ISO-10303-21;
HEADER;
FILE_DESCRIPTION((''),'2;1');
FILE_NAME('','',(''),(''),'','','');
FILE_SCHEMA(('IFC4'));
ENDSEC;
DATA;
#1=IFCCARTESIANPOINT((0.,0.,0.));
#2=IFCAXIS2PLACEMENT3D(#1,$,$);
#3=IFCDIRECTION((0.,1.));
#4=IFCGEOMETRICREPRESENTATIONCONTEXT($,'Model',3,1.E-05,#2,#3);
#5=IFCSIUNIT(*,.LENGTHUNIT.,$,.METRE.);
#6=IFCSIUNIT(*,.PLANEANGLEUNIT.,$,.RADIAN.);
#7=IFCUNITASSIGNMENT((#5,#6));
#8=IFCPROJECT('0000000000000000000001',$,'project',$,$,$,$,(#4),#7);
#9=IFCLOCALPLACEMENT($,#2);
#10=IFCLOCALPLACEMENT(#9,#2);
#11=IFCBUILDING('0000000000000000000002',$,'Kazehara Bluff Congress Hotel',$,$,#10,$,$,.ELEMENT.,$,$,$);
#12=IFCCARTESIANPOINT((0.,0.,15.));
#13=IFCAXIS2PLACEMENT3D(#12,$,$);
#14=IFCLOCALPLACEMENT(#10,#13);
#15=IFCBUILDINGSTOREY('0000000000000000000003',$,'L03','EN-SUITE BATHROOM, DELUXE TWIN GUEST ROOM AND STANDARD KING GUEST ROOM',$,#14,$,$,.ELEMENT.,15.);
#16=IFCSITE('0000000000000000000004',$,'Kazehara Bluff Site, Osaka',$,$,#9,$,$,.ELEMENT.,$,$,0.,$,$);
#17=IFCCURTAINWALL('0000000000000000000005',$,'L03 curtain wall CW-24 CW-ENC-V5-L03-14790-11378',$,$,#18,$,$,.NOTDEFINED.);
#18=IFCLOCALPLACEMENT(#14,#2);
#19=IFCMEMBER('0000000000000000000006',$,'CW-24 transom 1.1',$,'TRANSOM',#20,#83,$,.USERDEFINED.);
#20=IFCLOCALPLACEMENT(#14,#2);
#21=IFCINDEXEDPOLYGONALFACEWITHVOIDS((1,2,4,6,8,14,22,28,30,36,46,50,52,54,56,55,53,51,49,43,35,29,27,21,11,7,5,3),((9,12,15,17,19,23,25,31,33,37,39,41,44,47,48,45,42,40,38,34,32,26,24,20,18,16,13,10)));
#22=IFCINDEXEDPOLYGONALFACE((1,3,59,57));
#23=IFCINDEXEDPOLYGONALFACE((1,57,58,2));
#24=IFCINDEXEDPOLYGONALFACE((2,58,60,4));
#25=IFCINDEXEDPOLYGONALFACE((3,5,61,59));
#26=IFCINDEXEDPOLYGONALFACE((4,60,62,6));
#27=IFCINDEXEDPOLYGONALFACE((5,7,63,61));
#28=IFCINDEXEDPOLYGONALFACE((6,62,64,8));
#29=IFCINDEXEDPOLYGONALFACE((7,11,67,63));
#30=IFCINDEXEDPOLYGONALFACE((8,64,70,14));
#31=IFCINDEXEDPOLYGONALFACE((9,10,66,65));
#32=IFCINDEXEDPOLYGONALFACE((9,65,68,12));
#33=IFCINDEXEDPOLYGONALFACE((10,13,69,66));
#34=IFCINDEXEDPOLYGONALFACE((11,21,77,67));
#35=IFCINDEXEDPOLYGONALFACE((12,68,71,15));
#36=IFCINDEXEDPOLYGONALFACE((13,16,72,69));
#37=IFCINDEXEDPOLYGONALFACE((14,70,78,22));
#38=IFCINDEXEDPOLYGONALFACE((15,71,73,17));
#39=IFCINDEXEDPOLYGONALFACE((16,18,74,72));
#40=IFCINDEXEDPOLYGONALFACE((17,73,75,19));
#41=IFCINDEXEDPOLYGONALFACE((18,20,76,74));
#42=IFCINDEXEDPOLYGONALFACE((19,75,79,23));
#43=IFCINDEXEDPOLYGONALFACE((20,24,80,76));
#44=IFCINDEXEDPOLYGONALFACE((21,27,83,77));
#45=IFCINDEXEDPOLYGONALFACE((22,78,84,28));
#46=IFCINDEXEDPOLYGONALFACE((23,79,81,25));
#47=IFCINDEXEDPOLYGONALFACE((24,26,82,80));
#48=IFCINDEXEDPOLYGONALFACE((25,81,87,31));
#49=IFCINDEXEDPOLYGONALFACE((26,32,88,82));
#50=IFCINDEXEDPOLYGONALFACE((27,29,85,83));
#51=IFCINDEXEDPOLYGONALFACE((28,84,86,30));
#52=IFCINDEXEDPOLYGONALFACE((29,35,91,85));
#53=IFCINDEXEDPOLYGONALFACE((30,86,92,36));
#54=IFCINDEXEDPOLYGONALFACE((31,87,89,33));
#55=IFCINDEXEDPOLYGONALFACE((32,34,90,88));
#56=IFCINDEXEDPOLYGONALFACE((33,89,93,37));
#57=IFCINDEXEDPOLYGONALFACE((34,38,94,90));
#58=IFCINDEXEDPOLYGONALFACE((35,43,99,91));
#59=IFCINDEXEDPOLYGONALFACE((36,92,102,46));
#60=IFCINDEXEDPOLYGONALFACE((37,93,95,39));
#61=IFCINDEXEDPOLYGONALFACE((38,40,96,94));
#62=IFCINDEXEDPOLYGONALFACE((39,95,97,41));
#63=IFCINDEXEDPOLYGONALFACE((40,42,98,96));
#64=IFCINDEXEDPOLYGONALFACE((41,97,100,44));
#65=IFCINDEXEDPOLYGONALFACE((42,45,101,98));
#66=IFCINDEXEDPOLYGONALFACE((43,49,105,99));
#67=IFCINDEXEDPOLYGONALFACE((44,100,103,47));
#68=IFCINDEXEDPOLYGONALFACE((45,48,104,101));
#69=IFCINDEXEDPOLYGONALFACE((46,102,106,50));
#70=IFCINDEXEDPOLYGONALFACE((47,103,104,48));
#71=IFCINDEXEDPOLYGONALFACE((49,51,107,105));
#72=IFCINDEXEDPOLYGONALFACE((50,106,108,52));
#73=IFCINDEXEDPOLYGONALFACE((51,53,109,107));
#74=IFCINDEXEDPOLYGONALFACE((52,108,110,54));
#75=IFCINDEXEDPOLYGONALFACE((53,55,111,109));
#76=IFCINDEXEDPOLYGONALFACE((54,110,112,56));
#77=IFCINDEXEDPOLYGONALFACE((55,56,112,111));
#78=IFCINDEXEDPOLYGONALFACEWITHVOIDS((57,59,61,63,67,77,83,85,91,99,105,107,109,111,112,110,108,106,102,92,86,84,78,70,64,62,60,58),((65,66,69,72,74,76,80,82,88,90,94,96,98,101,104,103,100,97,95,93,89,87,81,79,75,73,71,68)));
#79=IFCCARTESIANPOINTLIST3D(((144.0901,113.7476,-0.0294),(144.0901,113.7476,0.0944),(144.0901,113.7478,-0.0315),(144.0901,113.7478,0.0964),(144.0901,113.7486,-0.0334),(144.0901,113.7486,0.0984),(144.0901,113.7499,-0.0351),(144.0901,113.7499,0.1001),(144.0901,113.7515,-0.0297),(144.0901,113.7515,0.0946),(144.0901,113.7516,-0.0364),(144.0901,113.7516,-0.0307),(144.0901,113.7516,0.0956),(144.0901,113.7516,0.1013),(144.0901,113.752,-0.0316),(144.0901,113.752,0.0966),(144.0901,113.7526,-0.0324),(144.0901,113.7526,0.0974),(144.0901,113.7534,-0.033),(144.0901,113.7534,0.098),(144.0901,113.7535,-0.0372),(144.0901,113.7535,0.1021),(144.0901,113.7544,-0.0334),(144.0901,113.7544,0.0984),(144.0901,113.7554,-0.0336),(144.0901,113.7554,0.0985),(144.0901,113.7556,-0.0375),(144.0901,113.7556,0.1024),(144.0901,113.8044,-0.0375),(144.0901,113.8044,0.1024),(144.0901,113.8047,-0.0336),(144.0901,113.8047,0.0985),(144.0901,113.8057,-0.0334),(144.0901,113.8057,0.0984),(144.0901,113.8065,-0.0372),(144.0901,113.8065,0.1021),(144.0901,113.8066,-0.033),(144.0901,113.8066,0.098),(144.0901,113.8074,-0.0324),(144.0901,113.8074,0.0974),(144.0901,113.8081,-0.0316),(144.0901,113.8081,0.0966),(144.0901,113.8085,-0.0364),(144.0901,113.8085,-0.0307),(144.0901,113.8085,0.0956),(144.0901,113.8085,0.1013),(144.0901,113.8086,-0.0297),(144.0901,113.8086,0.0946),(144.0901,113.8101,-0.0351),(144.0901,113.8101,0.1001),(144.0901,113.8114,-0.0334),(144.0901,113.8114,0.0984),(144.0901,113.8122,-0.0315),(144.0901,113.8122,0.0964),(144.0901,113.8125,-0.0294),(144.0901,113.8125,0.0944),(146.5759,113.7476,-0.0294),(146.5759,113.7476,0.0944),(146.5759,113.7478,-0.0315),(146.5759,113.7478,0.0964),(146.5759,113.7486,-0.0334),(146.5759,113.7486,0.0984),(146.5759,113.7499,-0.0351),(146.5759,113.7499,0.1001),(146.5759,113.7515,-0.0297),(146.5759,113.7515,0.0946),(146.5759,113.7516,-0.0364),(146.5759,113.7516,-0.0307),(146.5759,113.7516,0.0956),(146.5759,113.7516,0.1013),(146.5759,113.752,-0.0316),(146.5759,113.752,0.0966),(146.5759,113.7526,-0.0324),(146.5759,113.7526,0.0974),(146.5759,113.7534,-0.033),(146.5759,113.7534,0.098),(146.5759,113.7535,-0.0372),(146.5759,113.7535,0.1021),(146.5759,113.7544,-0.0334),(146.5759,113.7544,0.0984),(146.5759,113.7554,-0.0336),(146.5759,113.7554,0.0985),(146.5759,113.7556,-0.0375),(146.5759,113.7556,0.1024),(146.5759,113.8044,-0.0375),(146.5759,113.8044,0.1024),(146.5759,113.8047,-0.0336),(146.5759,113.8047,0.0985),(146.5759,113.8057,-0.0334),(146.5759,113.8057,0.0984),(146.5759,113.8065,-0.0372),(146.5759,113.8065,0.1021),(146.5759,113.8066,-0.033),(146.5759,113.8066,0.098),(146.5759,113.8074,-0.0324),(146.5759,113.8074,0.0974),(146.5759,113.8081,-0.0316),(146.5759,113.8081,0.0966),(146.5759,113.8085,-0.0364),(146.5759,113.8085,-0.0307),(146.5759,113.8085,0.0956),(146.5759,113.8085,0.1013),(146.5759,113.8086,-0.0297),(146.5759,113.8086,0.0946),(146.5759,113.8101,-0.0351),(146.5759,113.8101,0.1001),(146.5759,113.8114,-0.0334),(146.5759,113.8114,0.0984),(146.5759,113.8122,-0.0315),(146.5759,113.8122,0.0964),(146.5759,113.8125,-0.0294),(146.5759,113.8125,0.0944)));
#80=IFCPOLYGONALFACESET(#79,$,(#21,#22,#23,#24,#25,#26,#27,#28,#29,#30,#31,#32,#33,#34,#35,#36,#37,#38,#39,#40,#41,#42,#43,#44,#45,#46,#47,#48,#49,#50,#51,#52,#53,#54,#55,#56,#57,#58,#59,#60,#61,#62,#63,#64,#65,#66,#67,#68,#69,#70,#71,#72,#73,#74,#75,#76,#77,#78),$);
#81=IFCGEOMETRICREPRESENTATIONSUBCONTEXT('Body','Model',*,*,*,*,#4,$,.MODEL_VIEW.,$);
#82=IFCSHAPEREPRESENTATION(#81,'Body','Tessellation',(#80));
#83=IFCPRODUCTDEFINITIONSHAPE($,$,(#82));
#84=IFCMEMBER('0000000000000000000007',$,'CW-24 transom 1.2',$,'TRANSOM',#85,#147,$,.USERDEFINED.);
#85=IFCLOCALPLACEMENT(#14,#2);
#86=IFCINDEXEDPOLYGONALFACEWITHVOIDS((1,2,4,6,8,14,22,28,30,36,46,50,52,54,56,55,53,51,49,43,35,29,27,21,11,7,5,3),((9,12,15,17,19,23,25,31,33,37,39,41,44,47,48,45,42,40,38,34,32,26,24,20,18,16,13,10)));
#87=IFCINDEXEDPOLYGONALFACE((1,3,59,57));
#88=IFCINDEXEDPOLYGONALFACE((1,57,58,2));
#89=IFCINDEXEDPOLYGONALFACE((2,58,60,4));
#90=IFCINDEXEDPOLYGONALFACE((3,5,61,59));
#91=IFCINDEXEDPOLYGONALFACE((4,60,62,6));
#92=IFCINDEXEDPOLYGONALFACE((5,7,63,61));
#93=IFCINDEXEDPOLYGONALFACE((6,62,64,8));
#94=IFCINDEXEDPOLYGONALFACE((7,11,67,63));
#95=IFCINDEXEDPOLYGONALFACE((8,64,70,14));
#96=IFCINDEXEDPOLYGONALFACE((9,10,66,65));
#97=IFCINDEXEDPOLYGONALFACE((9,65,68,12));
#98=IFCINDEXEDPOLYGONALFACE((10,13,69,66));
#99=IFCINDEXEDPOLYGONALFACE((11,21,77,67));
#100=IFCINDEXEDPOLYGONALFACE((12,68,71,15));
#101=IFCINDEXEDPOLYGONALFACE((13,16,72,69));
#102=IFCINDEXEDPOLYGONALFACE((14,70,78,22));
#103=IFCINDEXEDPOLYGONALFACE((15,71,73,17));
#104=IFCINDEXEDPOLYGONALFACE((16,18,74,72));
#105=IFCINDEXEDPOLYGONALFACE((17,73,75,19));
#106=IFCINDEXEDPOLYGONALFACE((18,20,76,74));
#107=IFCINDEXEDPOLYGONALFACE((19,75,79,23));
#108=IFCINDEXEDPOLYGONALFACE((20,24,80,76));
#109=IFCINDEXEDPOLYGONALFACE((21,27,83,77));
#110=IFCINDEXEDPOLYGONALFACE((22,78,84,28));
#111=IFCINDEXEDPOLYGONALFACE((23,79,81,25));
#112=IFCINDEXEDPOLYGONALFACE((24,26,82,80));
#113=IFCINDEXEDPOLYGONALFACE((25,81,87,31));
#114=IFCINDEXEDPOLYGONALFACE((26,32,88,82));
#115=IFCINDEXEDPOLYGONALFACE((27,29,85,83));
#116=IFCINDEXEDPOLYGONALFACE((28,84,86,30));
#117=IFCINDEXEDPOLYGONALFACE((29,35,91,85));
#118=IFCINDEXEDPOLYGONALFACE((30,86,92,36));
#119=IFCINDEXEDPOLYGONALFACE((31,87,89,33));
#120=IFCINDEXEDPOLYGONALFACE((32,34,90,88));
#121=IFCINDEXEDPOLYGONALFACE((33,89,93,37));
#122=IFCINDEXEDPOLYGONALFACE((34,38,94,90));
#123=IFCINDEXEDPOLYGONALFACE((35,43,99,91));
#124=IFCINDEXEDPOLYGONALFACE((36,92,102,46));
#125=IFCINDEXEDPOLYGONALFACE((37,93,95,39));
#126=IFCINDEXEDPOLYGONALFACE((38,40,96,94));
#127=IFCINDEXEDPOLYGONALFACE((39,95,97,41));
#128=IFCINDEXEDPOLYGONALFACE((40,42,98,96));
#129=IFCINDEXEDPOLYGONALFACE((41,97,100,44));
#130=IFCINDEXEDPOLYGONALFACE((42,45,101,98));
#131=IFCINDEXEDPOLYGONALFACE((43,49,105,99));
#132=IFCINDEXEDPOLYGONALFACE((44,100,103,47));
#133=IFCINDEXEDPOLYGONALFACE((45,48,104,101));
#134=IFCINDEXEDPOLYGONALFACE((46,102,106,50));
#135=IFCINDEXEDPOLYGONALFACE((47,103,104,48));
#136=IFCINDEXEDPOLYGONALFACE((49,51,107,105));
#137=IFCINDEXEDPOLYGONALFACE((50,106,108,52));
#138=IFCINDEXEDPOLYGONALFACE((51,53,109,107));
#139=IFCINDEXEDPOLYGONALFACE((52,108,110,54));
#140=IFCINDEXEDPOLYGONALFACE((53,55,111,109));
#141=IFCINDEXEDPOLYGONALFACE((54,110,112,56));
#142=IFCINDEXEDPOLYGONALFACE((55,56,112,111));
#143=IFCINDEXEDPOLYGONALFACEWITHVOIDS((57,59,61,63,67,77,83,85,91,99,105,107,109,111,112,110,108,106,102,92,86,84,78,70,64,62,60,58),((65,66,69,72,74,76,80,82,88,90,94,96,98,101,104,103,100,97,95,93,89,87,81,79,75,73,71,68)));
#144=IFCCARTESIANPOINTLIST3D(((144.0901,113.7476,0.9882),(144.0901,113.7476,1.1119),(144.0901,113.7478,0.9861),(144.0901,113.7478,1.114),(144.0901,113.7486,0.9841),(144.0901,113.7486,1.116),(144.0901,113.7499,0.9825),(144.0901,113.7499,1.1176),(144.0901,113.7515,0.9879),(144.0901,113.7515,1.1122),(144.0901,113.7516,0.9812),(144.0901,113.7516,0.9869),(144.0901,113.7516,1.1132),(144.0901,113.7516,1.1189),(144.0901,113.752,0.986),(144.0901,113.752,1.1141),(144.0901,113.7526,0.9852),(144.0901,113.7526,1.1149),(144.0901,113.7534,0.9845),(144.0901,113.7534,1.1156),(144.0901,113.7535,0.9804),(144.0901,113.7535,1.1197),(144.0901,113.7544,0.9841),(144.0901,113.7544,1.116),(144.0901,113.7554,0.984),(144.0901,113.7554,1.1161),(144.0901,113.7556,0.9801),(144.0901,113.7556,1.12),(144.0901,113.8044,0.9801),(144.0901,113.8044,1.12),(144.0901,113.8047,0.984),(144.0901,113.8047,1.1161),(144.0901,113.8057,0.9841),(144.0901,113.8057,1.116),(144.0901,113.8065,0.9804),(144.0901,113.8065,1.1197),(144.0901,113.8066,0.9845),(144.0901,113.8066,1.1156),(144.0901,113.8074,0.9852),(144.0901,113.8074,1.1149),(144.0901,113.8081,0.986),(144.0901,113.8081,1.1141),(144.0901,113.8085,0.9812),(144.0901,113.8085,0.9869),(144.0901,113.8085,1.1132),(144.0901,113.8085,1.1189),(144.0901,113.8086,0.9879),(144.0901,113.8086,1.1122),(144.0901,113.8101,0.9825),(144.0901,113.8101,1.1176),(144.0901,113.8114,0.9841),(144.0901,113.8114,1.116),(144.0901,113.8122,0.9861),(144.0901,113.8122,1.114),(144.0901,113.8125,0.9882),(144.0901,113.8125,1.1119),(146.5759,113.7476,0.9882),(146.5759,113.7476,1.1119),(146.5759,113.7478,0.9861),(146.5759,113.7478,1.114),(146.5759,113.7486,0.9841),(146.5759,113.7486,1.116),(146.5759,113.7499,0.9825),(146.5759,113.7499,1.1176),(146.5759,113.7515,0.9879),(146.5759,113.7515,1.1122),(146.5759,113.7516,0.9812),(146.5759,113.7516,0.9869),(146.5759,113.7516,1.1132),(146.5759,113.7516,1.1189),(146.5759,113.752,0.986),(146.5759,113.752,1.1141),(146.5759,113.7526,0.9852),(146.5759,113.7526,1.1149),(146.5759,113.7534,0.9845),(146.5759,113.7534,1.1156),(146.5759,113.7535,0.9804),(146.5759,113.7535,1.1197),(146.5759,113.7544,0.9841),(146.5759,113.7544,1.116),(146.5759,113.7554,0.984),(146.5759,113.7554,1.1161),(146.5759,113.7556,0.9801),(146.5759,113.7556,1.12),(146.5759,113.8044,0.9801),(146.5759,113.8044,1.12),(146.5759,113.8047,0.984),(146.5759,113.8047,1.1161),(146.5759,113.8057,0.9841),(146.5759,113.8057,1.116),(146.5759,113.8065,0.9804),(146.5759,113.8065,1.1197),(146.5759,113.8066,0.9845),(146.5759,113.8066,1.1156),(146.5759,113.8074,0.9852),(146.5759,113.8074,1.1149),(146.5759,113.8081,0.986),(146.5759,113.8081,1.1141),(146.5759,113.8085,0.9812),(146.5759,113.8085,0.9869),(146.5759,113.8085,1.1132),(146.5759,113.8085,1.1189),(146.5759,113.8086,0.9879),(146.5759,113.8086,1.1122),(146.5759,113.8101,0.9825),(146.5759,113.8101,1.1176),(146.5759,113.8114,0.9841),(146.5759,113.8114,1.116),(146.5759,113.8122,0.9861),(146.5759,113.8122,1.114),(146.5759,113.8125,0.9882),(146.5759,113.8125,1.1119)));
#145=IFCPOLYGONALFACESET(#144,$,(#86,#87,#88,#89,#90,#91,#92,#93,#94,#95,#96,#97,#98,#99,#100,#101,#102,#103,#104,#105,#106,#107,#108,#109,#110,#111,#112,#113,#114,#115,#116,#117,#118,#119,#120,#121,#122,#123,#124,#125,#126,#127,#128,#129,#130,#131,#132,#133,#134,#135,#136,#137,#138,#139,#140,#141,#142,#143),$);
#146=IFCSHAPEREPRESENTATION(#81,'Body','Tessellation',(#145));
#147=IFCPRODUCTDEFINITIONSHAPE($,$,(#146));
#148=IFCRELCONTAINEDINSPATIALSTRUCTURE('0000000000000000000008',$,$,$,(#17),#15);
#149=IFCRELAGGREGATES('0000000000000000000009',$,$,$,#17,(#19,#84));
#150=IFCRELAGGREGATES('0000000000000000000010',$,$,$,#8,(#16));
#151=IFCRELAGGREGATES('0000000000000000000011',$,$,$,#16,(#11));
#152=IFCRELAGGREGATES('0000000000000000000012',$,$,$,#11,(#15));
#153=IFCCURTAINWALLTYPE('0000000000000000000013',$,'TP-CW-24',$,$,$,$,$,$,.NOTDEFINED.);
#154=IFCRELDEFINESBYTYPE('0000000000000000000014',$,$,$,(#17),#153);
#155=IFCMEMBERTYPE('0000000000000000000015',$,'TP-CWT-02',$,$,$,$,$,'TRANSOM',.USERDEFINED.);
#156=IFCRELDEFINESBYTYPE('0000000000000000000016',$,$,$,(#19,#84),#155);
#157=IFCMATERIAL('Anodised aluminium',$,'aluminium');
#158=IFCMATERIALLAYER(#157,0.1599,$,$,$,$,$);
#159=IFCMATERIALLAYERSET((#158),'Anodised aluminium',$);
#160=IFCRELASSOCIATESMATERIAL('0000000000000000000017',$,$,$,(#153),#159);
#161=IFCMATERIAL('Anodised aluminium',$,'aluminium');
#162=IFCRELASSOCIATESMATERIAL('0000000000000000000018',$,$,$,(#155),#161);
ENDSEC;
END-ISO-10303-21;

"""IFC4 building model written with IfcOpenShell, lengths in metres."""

from ifc_helpers import new_model, si_unit, direction, frame, origin, origin_2d, place, context, subcontext, project, spatial, hollow_rectangle, extrude, material, layer, layer_set, material_profile, profile_set, type_object, element, aggregate, save


model = new_model("IFC4")

# Units and contexts
model_context = context("Model", 3, precision=1e-05, world=origin(), true_north=direction((0.0, 1.0)))
body_context = subcontext(model_context, "Body", "Model", "MODEL_VIEW")
ifc_project = project(units=[si_unit("LENGTHUNIT", "METRE"), si_unit("PLANEANGLEUNIT", "RADIAN")], contexts=[model_context])

# Site, building, storey
site_placement = place(None, origin())
site = spatial("IfcSite", under=ifc_project, at=site_placement, Name="Kazehara Bluff Site, Osaka", CompositionType="ELEMENT", RefElevation=0.0)
building_placement = place(site_placement, origin())
building = spatial("IfcBuilding", under=site, at=building_placement, Name="Kazehara Bluff Congress Hotel", CompositionType="ELEMENT")
storey_placement = place(building_placement, frame((0.0, 0.0, 15.0)))
storey = spatial("IfcBuildingStorey", under=building, at=storey_placement, Name="L03", Description="EN-SUITE BATHROOM, DELUXE TWIN GUEST ROOM AND STANDARD KING GUEST ROOM", CompositionType="ELEMENT", Elevation=15.0)

# Curtain wall, members
ifc_material_1 = material(Name="Anodised aluminium", Category="aluminium")
ifc_layer_1 = layer(ifc_material_1, 0.1599)
ifc_layer_set_1 = layer_set([ifc_layer_1], Name="Anodised aluminium")
curtain_wall_type = type_object("IfcCurtainWallType", Name="TP-CW-24", PredefinedType="NOTDEFINED", material=ifc_layer_set_1)
curtain_wall_placement = place(storey_placement, origin())
curtain_wall = element("IfcCurtainWall", 1, at=curtain_wall_placement, inside=storey, type_object=curtain_wall_type, Name="L03 curtain wall CW-24 CW-ENC-V5-L03-14790-11378", PredefinedType="NOTDEFINED")
ifc_material_2 = material(Name="Anodised aluminium", Category="aluminium")
ifc_material_profile_1 = material_profile(ifc_material_2, hollow_rectangle(XDim=0.0649, YDim=0.1399, WallThickness=0.0039, InnerFilletRadius=0.0039, OuterFilletRadius=0.0081, at=origin_2d()))
ifc_profile_set_1 = profile_set([ifc_material_profile_1], Name="Anodised aluminium")
member_type_1 = type_object("IfcMemberType", Name="TP-CWT-02", ElementType="TRANSOM", PredefinedType="USERDEFINED", material=ifc_profile_set_1)
member_1_placement = place(storey_placement, frame((144.0901, 113.78, 0.0325), z_axis=(1.0, 0.0, 0.0), x_axis=(0.0, 1.0, 0.0)))
member_1 = element("IfcMember", 2, at=member_1_placement, type_object=member_type_1, Name="CW-24 transom 1.1", ObjectType="TRANSOM", PredefinedType="USERDEFINED", context=body_context, shape_type="SweptSolid", body=[
    extrude(hollow_rectangle(XDim=0.0649, YDim=0.1399, WallThickness=0.0039, InnerFilletRadius=0.0039, OuterFilletRadius=0.0081, at=origin_2d()), origin(), (0.0, 0.0, 1.0), 2.4858),
])
member_2_placement = place(storey_placement, frame((144.0901, 113.78, 1.05), z_axis=(1.0, 0.0, 0.0), x_axis=(0.0, 1.0, 0.0)))
member_2 = element("IfcMember", 3, at=member_2_placement, type_object=member_type_1, Name="CW-24 transom 1.2", ObjectType="TRANSOM", PredefinedType="USERDEFINED", context=body_context, shape_type="SweptSolid", body=[
    extrude(hollow_rectangle(XDim=0.0649, YDim=0.1399, WallThickness=0.0039, InnerFilletRadius=0.0039, OuterFilletRadius=0.0081, at=origin_2d()), origin(), (0.0, 0.0, 1.0), 2.4858),
])

aggregate(curtain_wall, [member_1, member_2])

save(model, "model.ifc")
